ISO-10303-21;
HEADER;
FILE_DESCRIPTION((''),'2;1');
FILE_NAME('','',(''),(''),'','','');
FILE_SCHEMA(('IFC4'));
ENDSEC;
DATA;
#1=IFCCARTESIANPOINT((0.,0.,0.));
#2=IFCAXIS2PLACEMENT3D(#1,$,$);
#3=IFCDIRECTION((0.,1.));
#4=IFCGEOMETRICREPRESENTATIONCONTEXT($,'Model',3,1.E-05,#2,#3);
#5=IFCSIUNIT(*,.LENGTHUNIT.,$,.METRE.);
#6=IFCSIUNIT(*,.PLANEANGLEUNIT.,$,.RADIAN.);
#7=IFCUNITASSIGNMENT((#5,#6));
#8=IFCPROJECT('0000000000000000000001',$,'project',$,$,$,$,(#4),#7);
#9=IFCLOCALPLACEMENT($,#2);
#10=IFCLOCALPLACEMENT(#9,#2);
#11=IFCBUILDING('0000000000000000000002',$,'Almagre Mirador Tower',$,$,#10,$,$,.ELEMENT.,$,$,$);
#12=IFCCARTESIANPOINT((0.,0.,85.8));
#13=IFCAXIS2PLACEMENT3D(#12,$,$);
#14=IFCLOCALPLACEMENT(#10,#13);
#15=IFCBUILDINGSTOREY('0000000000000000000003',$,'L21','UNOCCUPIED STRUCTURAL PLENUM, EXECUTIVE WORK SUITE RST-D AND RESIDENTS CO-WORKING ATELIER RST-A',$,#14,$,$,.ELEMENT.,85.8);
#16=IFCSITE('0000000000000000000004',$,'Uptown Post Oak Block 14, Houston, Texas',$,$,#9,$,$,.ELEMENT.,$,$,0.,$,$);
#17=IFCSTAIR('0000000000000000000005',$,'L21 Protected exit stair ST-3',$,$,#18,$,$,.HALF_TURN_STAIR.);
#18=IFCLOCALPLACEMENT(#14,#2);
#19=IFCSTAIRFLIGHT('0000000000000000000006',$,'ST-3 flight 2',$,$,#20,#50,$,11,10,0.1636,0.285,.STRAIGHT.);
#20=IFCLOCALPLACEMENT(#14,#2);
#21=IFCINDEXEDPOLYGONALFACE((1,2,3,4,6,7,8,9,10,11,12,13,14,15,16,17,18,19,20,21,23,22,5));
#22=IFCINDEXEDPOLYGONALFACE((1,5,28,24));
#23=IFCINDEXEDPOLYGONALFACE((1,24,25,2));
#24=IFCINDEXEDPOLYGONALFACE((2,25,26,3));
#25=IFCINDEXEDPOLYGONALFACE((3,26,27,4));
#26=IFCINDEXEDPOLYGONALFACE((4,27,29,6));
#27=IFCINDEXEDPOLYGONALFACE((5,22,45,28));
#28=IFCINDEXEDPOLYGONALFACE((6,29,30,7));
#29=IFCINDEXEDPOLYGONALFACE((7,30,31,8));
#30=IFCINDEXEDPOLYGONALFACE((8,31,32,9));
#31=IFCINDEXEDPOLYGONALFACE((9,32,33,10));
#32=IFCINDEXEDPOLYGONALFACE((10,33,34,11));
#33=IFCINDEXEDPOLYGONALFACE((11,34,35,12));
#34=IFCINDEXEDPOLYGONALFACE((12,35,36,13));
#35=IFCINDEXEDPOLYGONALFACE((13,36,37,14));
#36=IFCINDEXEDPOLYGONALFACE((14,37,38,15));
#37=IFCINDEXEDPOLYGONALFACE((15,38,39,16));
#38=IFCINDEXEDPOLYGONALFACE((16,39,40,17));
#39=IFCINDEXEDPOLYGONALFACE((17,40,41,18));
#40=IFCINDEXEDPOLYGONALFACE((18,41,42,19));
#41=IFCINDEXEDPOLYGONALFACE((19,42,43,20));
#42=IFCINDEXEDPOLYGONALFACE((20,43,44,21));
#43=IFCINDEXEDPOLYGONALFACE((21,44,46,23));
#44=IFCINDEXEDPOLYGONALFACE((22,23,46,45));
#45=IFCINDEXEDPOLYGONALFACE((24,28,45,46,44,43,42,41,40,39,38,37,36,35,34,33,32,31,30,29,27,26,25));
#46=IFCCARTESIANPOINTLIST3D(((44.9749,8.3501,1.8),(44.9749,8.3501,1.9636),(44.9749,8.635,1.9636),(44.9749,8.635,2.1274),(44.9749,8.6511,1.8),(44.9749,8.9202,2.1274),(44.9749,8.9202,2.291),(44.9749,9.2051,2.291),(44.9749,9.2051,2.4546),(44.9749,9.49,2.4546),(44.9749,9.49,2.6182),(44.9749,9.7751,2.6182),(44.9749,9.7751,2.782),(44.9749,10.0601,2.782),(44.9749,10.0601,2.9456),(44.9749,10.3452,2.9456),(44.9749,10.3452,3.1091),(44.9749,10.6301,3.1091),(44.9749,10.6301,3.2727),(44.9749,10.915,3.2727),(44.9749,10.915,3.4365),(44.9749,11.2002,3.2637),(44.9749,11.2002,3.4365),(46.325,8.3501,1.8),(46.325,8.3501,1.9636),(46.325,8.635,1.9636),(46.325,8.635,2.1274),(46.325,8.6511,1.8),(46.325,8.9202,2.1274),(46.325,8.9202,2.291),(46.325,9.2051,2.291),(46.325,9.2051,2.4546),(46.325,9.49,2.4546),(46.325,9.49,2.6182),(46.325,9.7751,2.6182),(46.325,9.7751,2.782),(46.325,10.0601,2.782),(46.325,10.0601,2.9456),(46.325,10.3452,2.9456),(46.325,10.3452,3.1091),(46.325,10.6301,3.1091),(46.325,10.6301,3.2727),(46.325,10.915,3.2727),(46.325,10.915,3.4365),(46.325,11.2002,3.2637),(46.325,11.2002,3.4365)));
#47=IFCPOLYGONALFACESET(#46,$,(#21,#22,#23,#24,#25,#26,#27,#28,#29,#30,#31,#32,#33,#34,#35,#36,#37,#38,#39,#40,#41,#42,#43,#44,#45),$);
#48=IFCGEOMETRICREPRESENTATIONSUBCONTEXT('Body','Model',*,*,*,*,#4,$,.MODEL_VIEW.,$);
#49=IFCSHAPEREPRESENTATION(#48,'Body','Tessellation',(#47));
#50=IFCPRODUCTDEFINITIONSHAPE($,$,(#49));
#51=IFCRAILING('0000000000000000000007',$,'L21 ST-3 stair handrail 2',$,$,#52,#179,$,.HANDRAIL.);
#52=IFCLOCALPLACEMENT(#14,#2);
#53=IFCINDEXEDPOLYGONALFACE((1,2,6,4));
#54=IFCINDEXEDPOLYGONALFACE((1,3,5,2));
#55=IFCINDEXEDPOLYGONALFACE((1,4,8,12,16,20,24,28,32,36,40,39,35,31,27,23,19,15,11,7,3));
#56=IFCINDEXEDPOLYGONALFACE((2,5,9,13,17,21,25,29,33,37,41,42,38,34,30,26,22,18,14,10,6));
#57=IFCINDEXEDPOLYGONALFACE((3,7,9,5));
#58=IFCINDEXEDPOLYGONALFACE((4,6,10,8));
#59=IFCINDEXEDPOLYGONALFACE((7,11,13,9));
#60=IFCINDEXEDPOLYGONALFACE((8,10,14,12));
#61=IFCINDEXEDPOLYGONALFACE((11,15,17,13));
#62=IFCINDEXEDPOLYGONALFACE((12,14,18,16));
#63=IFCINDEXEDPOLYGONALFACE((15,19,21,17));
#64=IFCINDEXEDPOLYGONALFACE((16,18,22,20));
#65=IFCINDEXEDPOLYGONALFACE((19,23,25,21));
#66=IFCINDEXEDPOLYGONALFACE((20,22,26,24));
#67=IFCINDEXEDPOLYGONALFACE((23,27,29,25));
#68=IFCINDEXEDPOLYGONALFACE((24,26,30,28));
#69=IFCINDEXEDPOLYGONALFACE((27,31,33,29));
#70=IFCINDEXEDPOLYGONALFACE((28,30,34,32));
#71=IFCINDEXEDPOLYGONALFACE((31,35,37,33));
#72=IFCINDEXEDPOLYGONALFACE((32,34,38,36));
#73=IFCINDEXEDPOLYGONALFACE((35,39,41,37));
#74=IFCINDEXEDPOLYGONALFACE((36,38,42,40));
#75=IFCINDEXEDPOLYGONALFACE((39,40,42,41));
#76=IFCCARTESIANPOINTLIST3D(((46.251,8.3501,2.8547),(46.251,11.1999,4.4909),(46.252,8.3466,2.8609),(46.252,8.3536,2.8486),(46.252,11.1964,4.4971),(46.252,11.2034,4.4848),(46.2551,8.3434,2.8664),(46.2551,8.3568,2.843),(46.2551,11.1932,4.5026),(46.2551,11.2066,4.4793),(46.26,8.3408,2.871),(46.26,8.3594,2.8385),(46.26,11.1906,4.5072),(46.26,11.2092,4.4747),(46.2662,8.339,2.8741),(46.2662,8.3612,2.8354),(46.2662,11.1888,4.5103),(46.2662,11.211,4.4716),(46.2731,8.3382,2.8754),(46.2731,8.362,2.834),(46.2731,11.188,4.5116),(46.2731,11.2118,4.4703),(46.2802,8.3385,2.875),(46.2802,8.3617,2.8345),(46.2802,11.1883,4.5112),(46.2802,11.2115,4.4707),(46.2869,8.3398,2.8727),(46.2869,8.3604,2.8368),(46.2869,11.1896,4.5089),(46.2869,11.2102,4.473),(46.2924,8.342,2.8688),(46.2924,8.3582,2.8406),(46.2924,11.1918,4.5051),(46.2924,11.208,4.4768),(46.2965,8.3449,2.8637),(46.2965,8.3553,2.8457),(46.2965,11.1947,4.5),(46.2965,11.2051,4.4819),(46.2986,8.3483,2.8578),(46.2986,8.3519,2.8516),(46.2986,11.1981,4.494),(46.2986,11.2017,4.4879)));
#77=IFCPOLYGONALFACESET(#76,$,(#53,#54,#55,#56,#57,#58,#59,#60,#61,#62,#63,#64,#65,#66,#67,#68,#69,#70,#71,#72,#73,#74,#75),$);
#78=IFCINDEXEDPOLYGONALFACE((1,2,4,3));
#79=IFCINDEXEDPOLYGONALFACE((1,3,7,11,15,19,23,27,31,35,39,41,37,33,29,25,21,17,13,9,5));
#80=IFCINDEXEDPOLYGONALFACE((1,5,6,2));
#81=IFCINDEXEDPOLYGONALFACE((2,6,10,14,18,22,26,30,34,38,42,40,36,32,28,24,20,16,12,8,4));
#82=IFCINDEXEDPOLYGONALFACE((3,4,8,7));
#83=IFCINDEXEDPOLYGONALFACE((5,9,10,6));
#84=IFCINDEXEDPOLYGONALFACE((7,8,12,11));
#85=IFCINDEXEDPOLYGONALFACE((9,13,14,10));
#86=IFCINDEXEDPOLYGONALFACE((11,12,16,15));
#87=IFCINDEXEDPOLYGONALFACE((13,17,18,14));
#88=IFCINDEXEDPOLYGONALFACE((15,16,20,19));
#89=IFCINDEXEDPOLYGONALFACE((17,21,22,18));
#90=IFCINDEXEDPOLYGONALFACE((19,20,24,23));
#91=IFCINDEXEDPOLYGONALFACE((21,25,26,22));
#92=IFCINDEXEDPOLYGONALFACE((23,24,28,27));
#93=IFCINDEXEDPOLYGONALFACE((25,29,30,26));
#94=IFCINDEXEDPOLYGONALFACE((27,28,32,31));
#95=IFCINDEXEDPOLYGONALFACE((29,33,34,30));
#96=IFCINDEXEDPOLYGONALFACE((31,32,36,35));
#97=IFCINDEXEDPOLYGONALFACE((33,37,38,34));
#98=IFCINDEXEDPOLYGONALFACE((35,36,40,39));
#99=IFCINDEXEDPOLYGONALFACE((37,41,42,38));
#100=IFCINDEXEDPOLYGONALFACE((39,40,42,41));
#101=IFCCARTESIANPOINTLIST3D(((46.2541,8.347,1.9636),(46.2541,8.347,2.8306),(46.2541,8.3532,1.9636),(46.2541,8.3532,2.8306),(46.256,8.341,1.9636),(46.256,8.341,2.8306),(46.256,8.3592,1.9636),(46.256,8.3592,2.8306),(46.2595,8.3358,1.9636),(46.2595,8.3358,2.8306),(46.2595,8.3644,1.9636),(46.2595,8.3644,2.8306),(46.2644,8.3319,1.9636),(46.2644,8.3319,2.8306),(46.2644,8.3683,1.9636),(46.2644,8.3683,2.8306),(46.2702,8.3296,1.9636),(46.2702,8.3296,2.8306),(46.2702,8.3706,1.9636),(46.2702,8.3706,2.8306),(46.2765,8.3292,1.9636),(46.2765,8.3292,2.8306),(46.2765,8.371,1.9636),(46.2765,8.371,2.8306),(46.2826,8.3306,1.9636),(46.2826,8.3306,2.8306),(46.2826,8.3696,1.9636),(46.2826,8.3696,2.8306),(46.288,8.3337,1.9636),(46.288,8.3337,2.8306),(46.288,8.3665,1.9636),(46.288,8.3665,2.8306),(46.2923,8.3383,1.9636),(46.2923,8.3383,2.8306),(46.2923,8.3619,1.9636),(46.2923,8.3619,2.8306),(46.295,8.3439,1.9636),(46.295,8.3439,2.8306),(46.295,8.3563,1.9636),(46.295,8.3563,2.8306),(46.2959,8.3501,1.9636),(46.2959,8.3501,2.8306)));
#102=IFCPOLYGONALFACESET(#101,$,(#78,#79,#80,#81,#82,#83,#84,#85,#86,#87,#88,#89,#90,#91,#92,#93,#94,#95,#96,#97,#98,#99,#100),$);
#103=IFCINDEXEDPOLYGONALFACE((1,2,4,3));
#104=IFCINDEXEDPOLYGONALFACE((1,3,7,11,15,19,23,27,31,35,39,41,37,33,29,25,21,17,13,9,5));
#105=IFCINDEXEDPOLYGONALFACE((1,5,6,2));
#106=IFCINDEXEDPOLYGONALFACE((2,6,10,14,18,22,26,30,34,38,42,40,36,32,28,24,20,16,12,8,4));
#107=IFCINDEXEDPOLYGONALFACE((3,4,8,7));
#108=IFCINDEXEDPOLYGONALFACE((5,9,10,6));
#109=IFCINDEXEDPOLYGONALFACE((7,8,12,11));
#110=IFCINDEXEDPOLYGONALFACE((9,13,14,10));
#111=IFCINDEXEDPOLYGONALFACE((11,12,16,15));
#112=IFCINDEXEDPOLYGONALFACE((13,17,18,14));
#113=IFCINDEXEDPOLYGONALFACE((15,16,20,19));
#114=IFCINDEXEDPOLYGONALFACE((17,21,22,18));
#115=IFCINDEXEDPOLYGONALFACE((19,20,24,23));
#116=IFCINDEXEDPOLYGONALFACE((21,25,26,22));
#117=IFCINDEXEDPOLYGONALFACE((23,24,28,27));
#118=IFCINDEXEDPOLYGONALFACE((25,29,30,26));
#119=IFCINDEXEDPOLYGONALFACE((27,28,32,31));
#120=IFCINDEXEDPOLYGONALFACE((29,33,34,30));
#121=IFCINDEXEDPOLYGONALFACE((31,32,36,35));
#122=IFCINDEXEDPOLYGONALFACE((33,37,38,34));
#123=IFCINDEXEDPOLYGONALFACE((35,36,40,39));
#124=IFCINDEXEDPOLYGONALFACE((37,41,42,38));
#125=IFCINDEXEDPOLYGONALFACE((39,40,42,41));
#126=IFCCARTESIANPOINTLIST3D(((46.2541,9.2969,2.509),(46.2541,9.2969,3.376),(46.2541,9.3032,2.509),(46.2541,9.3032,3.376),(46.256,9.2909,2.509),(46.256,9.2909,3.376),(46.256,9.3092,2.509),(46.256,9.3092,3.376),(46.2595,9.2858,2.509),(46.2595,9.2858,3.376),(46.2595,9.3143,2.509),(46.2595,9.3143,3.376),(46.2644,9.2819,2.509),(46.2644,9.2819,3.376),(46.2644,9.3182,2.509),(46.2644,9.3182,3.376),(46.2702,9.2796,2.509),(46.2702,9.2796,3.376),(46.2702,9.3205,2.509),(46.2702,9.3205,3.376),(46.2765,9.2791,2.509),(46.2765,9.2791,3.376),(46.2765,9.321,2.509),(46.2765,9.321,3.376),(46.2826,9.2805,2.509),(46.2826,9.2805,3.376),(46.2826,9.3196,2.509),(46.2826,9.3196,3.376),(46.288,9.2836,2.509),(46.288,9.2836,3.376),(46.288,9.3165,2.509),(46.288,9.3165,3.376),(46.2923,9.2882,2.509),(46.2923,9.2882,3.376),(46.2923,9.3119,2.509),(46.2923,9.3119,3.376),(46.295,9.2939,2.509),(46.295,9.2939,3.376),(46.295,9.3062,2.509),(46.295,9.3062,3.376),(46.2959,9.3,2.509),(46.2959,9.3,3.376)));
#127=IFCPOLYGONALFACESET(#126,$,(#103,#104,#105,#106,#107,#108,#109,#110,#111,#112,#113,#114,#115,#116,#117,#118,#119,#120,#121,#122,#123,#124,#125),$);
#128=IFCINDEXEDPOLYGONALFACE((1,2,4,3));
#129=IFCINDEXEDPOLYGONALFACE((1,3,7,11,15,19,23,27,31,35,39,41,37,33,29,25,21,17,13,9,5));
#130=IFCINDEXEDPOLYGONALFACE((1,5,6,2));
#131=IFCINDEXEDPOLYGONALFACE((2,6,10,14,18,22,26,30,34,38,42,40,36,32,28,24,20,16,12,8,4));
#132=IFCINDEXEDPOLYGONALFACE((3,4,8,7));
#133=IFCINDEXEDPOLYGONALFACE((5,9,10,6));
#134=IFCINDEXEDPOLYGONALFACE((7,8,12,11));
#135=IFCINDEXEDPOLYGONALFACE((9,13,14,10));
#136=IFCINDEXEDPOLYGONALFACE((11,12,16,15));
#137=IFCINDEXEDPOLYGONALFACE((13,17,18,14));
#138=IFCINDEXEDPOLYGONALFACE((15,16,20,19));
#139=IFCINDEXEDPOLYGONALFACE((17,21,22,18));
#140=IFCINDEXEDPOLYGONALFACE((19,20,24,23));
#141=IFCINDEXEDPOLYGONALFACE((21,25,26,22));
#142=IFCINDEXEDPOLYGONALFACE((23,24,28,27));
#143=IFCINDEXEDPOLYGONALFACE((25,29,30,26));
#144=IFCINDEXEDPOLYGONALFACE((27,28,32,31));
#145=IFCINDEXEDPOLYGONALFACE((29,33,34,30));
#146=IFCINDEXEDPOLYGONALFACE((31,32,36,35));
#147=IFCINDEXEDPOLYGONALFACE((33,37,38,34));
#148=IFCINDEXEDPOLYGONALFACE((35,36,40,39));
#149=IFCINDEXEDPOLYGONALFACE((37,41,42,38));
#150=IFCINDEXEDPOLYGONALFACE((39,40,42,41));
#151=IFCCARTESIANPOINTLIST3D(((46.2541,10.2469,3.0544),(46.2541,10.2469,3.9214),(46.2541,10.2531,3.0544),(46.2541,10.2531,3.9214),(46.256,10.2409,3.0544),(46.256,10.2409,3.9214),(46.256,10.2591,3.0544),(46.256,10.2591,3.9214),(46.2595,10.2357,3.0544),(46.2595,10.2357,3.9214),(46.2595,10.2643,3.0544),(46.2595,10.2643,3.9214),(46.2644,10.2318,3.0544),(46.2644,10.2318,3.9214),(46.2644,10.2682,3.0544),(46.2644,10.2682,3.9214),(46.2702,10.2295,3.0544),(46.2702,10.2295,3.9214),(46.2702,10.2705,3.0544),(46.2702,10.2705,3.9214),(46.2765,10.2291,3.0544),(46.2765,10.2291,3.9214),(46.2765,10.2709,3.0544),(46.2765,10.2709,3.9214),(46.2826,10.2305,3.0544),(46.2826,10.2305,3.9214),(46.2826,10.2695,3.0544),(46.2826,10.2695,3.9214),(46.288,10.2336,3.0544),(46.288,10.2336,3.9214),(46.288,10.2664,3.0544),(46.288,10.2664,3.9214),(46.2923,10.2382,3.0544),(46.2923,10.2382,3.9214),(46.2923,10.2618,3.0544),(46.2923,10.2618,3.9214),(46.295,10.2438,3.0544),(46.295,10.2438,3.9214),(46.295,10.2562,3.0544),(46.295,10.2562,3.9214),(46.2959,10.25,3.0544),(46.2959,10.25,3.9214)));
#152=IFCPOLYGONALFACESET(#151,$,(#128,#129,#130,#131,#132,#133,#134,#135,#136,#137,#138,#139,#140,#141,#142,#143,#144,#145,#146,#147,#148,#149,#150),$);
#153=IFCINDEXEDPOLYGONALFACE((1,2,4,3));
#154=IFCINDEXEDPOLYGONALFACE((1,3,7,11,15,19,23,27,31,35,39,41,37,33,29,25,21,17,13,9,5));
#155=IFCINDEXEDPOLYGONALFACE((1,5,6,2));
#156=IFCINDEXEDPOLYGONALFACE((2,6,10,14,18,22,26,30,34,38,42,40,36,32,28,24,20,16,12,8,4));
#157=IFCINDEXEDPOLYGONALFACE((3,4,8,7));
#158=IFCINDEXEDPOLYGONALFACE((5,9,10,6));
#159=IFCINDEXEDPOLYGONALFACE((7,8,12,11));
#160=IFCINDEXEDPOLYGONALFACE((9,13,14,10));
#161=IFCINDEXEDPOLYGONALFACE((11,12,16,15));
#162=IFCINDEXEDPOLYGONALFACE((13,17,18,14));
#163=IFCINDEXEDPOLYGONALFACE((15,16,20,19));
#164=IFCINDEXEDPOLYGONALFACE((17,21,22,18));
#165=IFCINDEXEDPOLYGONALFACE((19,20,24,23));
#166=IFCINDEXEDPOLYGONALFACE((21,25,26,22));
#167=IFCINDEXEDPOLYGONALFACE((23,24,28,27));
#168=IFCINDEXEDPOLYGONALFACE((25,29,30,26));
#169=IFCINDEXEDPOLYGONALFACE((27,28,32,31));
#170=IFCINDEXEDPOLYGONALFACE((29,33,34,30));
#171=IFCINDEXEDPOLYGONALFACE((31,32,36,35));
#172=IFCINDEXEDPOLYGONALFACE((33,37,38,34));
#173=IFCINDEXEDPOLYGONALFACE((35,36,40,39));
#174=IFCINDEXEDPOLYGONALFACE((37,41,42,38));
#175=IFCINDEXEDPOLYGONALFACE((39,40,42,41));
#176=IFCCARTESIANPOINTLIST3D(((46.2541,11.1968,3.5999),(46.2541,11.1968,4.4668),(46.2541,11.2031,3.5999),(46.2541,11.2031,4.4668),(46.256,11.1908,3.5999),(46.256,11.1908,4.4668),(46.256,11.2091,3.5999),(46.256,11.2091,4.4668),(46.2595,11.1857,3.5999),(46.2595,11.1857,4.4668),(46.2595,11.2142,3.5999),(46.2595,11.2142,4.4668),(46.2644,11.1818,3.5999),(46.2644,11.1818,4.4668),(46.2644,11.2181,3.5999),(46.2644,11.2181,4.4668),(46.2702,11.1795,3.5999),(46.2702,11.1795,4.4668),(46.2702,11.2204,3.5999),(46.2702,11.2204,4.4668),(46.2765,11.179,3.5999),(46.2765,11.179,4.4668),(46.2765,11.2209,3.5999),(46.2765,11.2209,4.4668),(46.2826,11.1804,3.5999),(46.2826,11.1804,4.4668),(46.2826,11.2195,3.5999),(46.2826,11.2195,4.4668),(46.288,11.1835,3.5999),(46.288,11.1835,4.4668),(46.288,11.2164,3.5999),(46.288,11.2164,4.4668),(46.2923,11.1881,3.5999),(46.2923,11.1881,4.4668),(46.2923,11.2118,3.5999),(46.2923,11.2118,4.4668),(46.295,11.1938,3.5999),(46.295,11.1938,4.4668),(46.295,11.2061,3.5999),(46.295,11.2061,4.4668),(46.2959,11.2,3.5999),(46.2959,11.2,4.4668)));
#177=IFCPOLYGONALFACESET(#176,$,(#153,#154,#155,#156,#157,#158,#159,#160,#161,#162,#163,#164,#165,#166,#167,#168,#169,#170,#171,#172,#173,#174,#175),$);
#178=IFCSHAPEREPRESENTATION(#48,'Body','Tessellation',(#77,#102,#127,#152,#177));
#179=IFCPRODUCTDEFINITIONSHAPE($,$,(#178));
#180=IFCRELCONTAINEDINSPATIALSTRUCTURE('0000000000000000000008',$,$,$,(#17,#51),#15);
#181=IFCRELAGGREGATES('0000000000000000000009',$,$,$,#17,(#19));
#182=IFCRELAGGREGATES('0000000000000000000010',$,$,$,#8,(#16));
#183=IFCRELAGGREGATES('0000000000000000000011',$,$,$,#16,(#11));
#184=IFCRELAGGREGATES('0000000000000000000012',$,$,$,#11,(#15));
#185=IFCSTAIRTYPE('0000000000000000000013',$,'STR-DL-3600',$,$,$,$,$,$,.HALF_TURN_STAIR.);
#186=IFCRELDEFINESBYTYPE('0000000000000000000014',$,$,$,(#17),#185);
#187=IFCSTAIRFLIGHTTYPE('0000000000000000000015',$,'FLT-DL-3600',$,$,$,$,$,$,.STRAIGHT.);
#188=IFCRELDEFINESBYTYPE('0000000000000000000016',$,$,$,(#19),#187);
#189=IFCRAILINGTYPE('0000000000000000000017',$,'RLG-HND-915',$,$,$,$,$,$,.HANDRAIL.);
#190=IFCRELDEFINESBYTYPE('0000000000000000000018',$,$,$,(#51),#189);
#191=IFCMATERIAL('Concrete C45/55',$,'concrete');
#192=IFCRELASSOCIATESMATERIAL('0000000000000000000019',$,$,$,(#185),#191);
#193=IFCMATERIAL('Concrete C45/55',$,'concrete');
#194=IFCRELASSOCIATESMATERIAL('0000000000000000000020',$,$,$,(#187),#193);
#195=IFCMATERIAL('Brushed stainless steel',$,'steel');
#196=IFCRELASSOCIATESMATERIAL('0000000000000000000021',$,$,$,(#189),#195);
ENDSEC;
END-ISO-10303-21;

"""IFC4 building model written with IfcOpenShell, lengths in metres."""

from ifc_helpers import new_model, si_unit, direction, frame, origin, origin_2d, place, context, subcontext, project, spatial, polyline, circle, outline, extrude, material, type_object, element, aggregate, save


model = new_model("IFC4")

# Units and contexts
model_context = context("Model", 3, precision=1e-05, world=origin(), true_north=direction((0.0, 1.0)))
body_context = subcontext(model_context, "Body", "Model", "MODEL_VIEW")
ifc_project = project(units=[si_unit("LENGTHUNIT", "METRE"), si_unit("PLANEANGLEUNIT", "RADIAN")], contexts=[model_context])

# Site, building, storey
site_placement = place(None, origin())
site = spatial("IfcSite", under=ifc_project, at=site_placement, Name="Uptown Post Oak Block 14, Houston, Texas", CompositionType="ELEMENT", RefElevation=0.0)
building_placement = place(site_placement, origin())
building = spatial("IfcBuilding", under=site, at=building_placement, Name="Almagre Mirador Tower", CompositionType="ELEMENT")
storey_placement = place(building_placement, frame((0.0, 0.0, 85.8)))
storey = spatial("IfcBuildingStorey", under=building, at=storey_placement, Name="L21", Description="UNOCCUPIED STRUCTURAL PLENUM, EXECUTIVE WORK SUITE RST-D AND RESIDENTS CO-WORKING ATELIER RST-A", CompositionType="ELEMENT", Elevation=85.8)

# Stair, stair flight
ifc_material_1 = material(Name="Concrete C45/55", Category="concrete")
stair_type = type_object("IfcStairType", Name="STR-DL-3600", PredefinedType="HALF_TURN_STAIR", material=ifc_material_1)
stair_placement = place(storey_placement, origin())
stair = element("IfcStair", 1, at=stair_placement, inside=storey, type_object=stair_type, Name="L21 Protected exit stair ST-3", PredefinedType="HALF_TURN_STAIR")
ifc_material_2 = material(Name="Concrete C45/55", Category="concrete")
stair_flight_type = type_object("IfcStairFlightType", Name="FLT-DL-3600", PredefinedType="STRAIGHT", material=ifc_material_2)
stair_flight_placement = place(storey_placement, frame((45.6499, 8.3501, 1.8), z_axis=(0.0, 0.0, 1.0), x_axis=(0.0, 1.0, 0.0)))
stair_flight = element("IfcStairFlight", 2, at=stair_flight_placement, type_object=stair_flight_type, Name="ST-3 flight 2", NumberOfRisers=11, NumberOfTreads=10, PredefinedType="STRAIGHT", RiserHeight=0.1636, TreadLength=0.285, context=body_context, shape_type="SweptSolid", body=[
    extrude(outline(polyline([(0.0, 0.0), (0.0, 0.1636), (0.2849, 0.1636), (0.2849, 0.3274), (0.5701, 0.3274), (0.5701, 0.491), (0.855, 0.491), (0.855, 0.6545), (1.1399, 0.6545), (1.1399, 0.8181), (1.425, 0.8181), (1.425, 0.9819), (1.71, 0.9819), (1.71, 1.1455), (1.9951, 1.1455), (1.9951, 1.3091), (2.28, 1.3091), (2.28, 1.4727), (2.5649, 1.4727), (2.5649, 1.6365), (2.8501, 1.6365), (2.8501, 1.8), (2.8501, 1.4636), (0.301, 0.0), (0.0, 0.0)])), frame((0.0, 0.675, 0.0), z_axis=(0.0, -1.0, 0.0), x_axis=(1.0, 0.0, 0.0)), (0.0, 0.0, 1.0), 1.3501),
])
aggregate(stair, [stair_flight])

# Railing
ifc_material_3 = material(Name="Brushed stainless steel", Category="steel")
railing_type = type_object("IfcRailingType", Name="RLG-HND-915", PredefinedType="HANDRAIL", material=ifc_material_3)
railing_placement = place(storey_placement, frame((46.2749, 8.3501, 1.9636)))
element("IfcRailing", 3, at=railing_placement, inside=storey, type_object=railing_type, Name="L21 ST-3 stair handrail 2", PredefinedType="HANDRAIL", context=body_context, shape_type="SweptSolid", body=[
    extrude(circle(Radius=0.0239, at=origin_2d()), frame((0.0, 0.0, 0.8911), z_axis=(0.0, 0.867226, 0.497914), x_axis=(-1.0, 0.0, 0.0)), (0.0, 0.0, 1.0), 3.2861),
    extrude(circle(Radius=0.021, at=origin_2d()), origin(), (0.0, 0.0, 1.0), 0.8669),
    extrude(circle(Radius=0.021, at=origin_2d()), frame((0.0, 0.95, 0.5454)), (0.0, 0.0, 1.0), 0.8669),
    extrude(circle(Radius=0.021, at=origin_2d()), frame((0.0, 1.8999, 1.0908)), (0.0, 0.0, 1.0), 0.8669),
    extrude(circle(Radius=0.021, at=origin_2d()), frame((0.0, 2.8499, 1.6362)), (0.0, 0.0, 1.0), 0.8669),
])

save(model, "model.ifc")
